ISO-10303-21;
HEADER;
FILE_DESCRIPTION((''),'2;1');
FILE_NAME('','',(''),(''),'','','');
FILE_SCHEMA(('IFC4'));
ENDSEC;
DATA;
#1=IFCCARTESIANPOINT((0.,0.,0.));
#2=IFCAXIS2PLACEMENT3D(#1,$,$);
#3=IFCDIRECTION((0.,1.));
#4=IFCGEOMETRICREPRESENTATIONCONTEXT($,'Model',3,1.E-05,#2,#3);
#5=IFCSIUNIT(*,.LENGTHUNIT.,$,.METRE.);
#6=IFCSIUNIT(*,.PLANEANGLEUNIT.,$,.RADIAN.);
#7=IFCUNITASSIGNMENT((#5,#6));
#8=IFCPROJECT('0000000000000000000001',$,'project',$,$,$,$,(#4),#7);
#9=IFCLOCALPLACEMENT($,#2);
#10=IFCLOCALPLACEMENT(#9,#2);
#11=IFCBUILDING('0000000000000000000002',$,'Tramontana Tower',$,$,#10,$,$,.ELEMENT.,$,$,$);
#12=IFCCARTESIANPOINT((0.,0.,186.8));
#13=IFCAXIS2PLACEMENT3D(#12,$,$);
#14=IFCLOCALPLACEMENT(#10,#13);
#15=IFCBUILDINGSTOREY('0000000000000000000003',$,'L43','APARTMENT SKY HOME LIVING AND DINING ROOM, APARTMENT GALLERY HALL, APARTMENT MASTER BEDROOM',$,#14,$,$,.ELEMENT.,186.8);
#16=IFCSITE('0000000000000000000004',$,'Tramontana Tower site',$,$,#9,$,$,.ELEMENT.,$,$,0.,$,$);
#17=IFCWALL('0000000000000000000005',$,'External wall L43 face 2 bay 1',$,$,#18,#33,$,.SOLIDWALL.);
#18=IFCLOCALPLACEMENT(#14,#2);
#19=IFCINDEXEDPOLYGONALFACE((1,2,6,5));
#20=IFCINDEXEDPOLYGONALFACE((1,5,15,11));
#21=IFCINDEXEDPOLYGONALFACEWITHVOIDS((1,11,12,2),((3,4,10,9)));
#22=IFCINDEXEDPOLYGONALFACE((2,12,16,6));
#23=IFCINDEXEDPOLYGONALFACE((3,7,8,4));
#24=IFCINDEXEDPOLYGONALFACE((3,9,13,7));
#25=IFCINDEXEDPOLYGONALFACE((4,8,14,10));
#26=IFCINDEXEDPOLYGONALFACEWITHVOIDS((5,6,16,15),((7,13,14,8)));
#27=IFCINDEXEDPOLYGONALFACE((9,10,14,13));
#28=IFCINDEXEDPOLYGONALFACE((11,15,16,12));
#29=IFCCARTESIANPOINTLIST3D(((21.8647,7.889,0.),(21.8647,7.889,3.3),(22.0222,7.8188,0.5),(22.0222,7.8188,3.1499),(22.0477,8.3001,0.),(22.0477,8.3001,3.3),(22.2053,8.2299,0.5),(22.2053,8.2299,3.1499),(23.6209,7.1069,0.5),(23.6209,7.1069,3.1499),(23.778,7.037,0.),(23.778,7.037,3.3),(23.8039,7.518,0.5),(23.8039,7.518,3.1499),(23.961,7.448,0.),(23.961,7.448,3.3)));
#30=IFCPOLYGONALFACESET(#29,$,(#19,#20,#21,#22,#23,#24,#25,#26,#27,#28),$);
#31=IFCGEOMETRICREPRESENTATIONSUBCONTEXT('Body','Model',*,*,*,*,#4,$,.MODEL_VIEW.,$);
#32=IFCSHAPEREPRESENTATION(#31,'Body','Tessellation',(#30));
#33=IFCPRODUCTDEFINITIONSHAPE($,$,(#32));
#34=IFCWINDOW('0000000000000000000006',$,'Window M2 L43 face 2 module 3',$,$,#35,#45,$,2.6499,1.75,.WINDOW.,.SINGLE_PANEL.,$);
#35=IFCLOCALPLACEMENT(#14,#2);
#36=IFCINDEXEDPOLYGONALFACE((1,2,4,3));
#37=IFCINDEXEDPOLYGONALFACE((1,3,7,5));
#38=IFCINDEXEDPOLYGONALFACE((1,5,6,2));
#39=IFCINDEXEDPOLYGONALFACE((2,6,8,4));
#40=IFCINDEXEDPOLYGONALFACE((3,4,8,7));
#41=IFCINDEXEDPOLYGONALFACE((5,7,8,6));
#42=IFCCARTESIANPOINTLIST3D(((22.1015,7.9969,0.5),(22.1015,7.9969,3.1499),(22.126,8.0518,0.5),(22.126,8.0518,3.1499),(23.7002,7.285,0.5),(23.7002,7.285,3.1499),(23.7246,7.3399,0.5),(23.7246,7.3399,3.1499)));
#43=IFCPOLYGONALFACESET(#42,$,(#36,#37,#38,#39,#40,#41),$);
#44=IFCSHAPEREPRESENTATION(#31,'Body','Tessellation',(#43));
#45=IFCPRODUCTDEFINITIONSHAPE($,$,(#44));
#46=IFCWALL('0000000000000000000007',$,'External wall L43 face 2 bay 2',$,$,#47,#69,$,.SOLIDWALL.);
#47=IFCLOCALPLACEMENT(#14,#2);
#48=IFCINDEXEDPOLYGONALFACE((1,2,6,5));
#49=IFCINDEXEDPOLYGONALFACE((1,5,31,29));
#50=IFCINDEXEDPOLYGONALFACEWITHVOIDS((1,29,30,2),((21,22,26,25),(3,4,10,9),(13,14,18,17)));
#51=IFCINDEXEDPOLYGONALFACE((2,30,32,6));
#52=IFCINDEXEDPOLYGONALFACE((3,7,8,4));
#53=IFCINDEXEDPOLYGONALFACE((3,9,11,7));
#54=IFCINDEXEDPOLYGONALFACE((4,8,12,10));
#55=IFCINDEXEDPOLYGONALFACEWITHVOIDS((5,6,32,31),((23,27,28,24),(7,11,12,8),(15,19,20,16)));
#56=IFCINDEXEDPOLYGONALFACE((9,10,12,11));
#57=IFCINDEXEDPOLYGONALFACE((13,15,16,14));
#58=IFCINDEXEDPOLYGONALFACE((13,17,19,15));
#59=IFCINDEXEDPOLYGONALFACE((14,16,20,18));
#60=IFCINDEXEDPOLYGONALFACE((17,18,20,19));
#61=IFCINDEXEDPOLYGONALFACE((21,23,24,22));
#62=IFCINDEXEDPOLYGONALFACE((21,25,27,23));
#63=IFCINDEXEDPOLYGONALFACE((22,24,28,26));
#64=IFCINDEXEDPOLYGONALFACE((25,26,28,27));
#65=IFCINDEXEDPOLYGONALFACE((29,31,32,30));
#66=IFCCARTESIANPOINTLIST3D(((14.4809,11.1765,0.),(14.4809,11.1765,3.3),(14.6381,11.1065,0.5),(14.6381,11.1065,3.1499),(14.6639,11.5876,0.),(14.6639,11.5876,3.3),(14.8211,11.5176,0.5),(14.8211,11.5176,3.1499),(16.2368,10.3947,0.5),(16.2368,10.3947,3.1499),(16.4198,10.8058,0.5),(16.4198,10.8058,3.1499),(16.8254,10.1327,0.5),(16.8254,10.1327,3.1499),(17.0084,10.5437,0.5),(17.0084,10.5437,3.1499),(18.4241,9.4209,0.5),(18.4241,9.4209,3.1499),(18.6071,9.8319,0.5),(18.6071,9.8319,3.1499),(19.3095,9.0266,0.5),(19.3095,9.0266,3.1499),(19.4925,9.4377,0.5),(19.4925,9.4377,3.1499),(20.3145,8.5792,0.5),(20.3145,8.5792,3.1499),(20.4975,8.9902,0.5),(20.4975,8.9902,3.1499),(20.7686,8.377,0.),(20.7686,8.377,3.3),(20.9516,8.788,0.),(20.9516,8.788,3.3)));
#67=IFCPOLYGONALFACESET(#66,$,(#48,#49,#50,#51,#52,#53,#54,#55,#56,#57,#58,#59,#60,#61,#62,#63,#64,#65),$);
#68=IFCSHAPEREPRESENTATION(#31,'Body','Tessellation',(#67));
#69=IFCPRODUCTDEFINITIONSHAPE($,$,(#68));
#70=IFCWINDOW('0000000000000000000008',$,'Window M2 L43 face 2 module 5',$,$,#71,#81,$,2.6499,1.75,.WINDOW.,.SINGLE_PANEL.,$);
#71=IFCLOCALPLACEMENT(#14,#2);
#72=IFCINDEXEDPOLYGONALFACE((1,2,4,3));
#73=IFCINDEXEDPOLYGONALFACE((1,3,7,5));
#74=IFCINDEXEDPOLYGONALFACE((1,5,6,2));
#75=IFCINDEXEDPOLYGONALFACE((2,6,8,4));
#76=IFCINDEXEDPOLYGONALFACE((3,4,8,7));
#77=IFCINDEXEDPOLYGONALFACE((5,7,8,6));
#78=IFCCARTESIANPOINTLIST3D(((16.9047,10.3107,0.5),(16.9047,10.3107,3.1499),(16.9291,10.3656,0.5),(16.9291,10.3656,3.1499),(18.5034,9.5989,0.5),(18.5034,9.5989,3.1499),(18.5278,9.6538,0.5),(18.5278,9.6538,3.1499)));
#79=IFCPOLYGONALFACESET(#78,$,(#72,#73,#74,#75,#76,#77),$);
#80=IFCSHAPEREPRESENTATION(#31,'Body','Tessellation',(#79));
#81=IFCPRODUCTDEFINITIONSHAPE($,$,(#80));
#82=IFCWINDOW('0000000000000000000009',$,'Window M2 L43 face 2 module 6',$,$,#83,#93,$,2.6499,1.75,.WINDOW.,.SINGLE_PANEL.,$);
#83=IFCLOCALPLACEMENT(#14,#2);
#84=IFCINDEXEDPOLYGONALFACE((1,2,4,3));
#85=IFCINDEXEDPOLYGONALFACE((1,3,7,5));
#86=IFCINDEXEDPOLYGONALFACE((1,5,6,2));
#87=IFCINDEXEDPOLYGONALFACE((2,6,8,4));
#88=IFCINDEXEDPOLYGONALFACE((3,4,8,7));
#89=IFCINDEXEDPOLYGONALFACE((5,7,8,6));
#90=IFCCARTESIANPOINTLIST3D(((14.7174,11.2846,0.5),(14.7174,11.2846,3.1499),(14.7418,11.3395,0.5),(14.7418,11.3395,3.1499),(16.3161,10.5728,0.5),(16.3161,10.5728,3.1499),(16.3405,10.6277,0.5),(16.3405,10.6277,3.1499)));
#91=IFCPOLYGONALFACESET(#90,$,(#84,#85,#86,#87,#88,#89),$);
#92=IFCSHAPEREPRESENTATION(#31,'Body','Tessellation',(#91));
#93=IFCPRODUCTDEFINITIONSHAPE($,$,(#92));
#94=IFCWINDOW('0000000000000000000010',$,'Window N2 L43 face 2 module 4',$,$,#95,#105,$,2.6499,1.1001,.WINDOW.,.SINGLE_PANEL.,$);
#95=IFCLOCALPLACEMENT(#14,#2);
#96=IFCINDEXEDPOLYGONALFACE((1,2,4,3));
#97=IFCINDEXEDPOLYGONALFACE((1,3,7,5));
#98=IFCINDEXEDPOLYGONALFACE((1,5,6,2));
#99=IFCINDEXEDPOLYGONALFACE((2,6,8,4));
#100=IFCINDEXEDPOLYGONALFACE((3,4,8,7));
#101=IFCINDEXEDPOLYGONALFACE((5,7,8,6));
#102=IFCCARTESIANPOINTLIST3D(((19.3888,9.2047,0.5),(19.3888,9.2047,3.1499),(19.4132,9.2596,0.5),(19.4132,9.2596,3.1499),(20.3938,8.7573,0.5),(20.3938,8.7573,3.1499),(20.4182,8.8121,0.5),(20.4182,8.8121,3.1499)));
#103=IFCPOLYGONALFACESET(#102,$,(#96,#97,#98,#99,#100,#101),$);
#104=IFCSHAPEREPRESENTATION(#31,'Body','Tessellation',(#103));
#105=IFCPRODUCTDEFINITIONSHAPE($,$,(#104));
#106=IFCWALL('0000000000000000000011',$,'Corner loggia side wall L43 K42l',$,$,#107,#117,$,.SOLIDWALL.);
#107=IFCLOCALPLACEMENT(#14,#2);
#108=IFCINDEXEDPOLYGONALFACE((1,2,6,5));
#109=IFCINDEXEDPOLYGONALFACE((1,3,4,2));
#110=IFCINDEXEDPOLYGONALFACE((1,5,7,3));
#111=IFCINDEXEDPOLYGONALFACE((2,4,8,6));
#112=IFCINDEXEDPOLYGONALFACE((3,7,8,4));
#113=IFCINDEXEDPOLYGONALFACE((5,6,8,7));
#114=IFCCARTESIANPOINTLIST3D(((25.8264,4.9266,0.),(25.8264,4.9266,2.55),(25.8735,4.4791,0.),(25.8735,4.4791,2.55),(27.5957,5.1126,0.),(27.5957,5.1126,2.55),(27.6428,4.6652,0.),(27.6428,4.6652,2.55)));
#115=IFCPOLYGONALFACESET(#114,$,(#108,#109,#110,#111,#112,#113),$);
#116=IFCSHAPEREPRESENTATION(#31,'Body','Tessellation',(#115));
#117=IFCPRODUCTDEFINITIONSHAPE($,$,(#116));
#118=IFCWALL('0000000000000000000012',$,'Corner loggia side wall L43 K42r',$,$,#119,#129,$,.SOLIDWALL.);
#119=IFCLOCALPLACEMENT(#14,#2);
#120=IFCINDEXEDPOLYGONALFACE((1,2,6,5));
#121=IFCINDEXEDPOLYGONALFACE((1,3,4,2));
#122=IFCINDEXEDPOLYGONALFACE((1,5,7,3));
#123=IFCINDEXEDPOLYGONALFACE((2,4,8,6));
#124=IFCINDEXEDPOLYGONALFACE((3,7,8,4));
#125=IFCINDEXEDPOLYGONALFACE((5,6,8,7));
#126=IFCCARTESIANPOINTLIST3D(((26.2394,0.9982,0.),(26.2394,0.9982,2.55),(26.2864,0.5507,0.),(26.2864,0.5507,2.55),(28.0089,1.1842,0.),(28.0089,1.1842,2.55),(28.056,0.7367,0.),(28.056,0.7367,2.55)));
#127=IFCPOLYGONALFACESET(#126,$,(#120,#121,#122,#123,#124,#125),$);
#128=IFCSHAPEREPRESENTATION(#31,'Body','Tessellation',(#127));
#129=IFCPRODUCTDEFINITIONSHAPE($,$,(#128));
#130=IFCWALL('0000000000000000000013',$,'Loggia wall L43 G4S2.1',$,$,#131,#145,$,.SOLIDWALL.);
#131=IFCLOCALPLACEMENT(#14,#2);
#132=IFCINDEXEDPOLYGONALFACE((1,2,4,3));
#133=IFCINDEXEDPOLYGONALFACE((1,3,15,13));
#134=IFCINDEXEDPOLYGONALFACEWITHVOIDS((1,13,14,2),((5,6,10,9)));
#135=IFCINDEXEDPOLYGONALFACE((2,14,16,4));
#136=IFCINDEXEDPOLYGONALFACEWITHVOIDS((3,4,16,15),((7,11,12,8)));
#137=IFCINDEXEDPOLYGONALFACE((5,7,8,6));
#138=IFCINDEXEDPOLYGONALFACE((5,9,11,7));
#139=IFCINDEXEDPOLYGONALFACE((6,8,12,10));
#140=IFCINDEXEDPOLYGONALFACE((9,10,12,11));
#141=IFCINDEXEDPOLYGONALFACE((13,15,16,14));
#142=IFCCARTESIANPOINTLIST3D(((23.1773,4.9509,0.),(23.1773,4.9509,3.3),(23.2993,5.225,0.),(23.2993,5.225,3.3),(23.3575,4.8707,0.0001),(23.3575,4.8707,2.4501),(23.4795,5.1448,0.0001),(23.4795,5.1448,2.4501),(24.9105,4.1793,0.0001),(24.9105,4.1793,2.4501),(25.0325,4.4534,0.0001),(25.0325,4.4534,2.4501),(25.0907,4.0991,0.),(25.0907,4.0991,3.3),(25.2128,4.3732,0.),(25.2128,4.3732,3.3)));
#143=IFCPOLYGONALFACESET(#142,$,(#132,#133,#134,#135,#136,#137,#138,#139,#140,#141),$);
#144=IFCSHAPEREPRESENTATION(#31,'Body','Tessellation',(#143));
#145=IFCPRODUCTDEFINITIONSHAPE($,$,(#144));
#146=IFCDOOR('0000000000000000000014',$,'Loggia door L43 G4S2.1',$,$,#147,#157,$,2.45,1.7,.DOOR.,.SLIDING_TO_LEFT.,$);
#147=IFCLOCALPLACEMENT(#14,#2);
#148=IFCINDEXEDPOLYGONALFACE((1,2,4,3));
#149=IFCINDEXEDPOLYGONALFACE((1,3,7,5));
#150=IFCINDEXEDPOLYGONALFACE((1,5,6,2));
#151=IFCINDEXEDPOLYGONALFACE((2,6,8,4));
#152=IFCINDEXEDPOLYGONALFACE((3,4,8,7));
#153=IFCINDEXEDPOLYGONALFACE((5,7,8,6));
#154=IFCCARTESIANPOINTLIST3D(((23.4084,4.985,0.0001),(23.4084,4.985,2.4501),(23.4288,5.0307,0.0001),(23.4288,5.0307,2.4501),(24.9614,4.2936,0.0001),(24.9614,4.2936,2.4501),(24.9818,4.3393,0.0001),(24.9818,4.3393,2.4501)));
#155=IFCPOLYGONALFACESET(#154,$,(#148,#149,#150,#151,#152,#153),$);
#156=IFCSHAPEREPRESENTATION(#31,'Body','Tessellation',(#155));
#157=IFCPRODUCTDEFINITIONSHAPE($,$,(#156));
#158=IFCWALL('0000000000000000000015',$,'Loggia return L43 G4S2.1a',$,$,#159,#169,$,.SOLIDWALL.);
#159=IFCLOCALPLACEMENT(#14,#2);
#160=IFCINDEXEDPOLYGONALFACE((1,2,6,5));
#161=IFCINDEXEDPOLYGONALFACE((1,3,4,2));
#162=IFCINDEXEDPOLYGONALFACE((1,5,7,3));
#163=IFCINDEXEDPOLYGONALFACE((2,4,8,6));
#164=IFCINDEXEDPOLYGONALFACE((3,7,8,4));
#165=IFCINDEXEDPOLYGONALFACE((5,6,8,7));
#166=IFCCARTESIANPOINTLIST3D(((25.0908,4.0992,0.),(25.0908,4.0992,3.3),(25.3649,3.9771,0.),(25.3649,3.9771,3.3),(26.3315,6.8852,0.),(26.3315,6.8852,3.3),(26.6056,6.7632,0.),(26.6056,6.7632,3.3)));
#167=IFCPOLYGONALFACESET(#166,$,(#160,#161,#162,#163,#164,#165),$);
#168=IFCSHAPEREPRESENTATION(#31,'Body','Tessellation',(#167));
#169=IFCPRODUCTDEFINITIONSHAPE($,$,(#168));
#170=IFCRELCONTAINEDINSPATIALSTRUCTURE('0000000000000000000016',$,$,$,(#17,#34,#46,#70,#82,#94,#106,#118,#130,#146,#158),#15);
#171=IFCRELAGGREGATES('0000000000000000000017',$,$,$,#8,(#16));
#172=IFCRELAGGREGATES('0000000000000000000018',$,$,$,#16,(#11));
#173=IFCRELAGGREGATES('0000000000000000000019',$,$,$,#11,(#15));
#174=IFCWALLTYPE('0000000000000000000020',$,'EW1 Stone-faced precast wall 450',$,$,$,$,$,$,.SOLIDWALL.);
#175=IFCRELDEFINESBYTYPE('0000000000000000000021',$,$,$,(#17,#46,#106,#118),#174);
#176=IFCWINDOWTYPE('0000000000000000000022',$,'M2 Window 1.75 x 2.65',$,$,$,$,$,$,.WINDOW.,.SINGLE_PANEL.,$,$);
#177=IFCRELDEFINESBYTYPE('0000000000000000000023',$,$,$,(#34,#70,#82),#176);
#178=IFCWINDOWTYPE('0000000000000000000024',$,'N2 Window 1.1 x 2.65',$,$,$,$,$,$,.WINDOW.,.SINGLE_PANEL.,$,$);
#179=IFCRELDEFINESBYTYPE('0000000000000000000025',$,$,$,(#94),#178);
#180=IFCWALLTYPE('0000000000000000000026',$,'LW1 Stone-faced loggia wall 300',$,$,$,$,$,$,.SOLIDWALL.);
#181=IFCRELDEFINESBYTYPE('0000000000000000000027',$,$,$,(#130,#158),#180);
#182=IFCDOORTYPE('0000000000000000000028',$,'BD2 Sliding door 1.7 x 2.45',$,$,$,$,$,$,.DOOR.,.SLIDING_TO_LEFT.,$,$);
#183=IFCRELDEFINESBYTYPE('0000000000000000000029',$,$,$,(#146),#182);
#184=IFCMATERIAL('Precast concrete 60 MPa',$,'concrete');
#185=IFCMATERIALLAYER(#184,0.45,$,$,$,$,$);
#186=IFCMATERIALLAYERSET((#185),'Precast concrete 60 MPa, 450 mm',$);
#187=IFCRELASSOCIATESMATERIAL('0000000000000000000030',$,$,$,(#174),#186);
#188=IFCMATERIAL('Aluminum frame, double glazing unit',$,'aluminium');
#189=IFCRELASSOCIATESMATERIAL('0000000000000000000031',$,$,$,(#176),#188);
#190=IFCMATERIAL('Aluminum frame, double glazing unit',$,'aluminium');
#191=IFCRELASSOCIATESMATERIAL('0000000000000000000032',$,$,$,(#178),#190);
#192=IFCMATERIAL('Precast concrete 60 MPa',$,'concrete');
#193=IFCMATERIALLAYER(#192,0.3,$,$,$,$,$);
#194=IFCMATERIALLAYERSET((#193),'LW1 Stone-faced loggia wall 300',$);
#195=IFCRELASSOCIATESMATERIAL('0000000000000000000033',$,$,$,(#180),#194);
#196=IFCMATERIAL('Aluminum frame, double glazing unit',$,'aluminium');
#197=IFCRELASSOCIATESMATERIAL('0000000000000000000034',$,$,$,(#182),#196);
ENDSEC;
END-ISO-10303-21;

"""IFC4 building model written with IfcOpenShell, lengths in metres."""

from ifc_helpers import new_model, si_unit, direction, frame, frame_2d, origin, place, context, subcontext, project, spatial, rectangle, extrude, material, layer, layer_set, type_object, element, fill, save


model = new_model("IFC4")

# Units and contexts
model_context = context("Model", 3, precision=1e-05, world=origin(), true_north=direction((0.0, 1.0)))
body_context = subcontext(model_context, "Body", "Model", "MODEL_VIEW")
ifc_project = project(units=[si_unit("LENGTHUNIT", "METRE"), si_unit("PLANEANGLEUNIT", "RADIAN")], contexts=[model_context])

# Site, building, storey
site_placement = place(None, origin())
site = spatial("IfcSite", under=ifc_project, at=site_placement, Name="Tramontana Tower site", CompositionType="ELEMENT", RefElevation=0.0)
building_placement = place(site_placement, origin())
building = spatial("IfcBuilding", under=site, at=building_placement, Name="Tramontana Tower", CompositionType="ELEMENT")
storey_placement = place(building_placement, frame((0.0, 0.0, 186.8)))
storey = spatial("IfcBuildingStorey", under=building, at=storey_placement, Name="L43", Description="APARTMENT SKY HOME LIVING AND DINING ROOM, APARTMENT GALLERY HALL, APARTMENT MASTER BEDROOM", CompositionType="ELEMENT", Elevation=186.8)

# Wall, opening, window
ifc_material_1 = material(Name="Precast concrete 60 MPa", Category="concrete")
ifc_layer_1 = layer(ifc_material_1, 0.45)
ifc_layer_set_1 = layer_set([ifc_layer_1], Name="Precast concrete 60 MPa, 450 mm")
wall_type_1 = type_object("IfcWallType", Name="EW1 Stone-faced precast wall 450", PredefinedType="SOLIDWALL", material=ifc_layer_set_1)
wall_1_placement = place(storey_placement, frame((23.8696, 7.2424, 0.0), z_axis=(0.0, 0.0, 1.0), x_axis=(-0.913513, 0.406809, 0.0)))
wall_1 = element("IfcWall", 1, at=wall_1_placement, inside=storey, type_object=wall_type_1, Name="External wall L43 face 2 bay 1", PredefinedType="SOLIDWALL", context=body_context, shape_type="SweptSolid", body=[
    extrude(rectangle(XDim=2.0945, YDim=0.45, at=frame_2d((1.0474, 0.0))), origin(), (0.0, 0.0, 1.0), 3.3),
])
opening_1_placement = place(wall_1_placement, frame((0.1721, 0.0, 0.5)))
opening_1 = element("IfcOpeningElement", 2, at=opening_1_placement, cuts=wall_1, PredefinedType="OPENING", context=body_context, shape_type="SweptSolid", body=[
    extrude(rectangle(XDim=1.75, YDim=2.6499, at=frame_2d((0.875, 1.325))), frame((0.0, 0.2349, 0.0), z_axis=(0.0, -1.0, 0.0), x_axis=(1.0, 0.0, 0.0)), (0.0, 0.0, 1.0), 0.47),
])
ifc_material_2 = material(Name="Aluminum frame, double glazing unit", Category="aluminium")
window_type_1 = type_object("IfcWindowType", Name="M2 Window 1.75 x 2.65", PartitioningType="SINGLE_PANEL", PredefinedType="WINDOW", material=ifc_material_2)
window_1_placement = place(opening_1_placement, origin())
window_1 = element("IfcWindow", 3, at=window_1_placement, inside=storey, type_object=window_type_1, Name="Window M2 L43 face 2 module 3", OverallHeight=2.6499, OverallWidth=1.75, PartitioningType="SINGLE_PANEL", PredefinedType="WINDOW", context=body_context, shape_type="SweptSolid", body=[
    extrude(rectangle(XDim=1.75, YDim=2.6499, at=frame_2d((0.875, 1.325))), frame((0.0, 0.03, 0.0), z_axis=(0.0, -1.0, 0.0), x_axis=(1.0, 0.0, 0.0)), (0.0, 0.0, 1.0), 0.0601),
])
fill(opening_1, window_1)

# Wall, openings, windows
wall_2_placement = place(storey_placement, frame((20.8601, 8.5825, 0.0), z_axis=(0.0, 0.0, 1.0), x_axis=(-0.913544, 0.406741, 0.0)))
wall_2 = element("IfcWall", 4, at=wall_2_placement, inside=storey, type_object=wall_type_1, Name="External wall L43 face 2 bay 2", PredefinedType="SOLIDWALL", context=body_context, shape_type="SweptSolid", body=[
    extrude(rectangle(XDim=6.8828, YDim=0.45, at=frame_2d((3.4414, 0.0))), origin(), (0.0, 0.0, 1.0), 3.3),
])
opening_2_placement = place(wall_2_placement, frame((0.4971, 0.0, 0.5)))
opening_2 = element("IfcOpeningElement", 5, at=opening_2_placement, cuts=wall_2, PredefinedType="OPENING", context=body_context, shape_type="SweptSolid", body=[
    extrude(rectangle(XDim=1.1001, YDim=2.6499, at=frame_2d((0.55, 1.325))), frame((0.0, 0.2349, 0.0), z_axis=(0.0, -1.0, 0.0), x_axis=(1.0, 0.0, 0.0)), (0.0, 0.0, 1.0), 0.47),
])
opening_3_placement = place(wall_2_placement, frame((2.5664, 0.0, 0.5)))
opening_3 = element("IfcOpeningElement", 6, at=opening_3_placement, cuts=wall_2, PredefinedType="OPENING", context=body_context, shape_type="SweptSolid", body=[
    extrude(rectangle(XDim=1.75, YDim=2.6499, at=frame_2d((0.875, 1.325))), frame((0.0, 0.2349, 0.0), z_axis=(0.0, -1.0, 0.0), x_axis=(1.0, 0.0, 0.0)), (0.0, 0.0, 1.0), 0.47),
])
opening_4_placement = place(wall_2_placement, frame((4.9607, 0.0, 0.5)))
opening_4 = element("IfcOpeningElement", 7, at=opening_4_placement, cuts=wall_2, PredefinedType="OPENING", context=body_context, shape_type="SweptSolid", body=[
    extrude(rectangle(XDim=1.75, YDim=2.6499, at=frame_2d((0.875, 1.325))), frame((0.0, 0.2349, 0.0), z_axis=(0.0, -1.0, 0.0), x_axis=(1.0, 0.0, 0.0)), (0.0, 0.0, 1.0), 0.47),
])
window_2_placement = place(opening_3_placement, origin())
window_2 = element("IfcWindow", 8, at=window_2_placement, inside=storey, type_object=window_type_1, Name="Window M2 L43 face 2 module 5", OverallHeight=2.6499, OverallWidth=1.75, PartitioningType="SINGLE_PANEL", PredefinedType="WINDOW", context=body_context, shape_type="SweptSolid", body=[
    extrude(rectangle(XDim=1.75, YDim=2.6499, at=frame_2d((0.875, 1.325))), frame((0.0, 0.03, 0.0), z_axis=(0.0, -1.0, 0.0), x_axis=(1.0, 0.0, 0.0)), (0.0, 0.0, 1.0), 0.0601),
])
fill(opening_3, window_2)
window_3_placement = place(opening_4_placement, origin())
window_3 = element("IfcWindow", 9, at=window_3_placement, inside=storey, type_object=window_type_1, Name="Window M2 L43 face 2 module 6", OverallHeight=2.6499, OverallWidth=1.75, PartitioningType="SINGLE_PANEL", PredefinedType="WINDOW", context=body_context, shape_type="SweptSolid", body=[
    extrude(rectangle(XDim=1.75, YDim=2.6499, at=frame_2d((0.875, 1.325))), frame((0.0, 0.03, 0.0), z_axis=(0.0, -1.0, 0.0), x_axis=(1.0, 0.0, 0.0)), (0.0, 0.0, 1.0), 0.0601),
])
fill(opening_4, window_3)
ifc_material_3 = material(Name="Aluminum frame, double glazing unit", Category="aluminium")
window_type_2 = type_object("IfcWindowType", Name="N2 Window 1.1 x 2.65", PartitioningType="SINGLE_PANEL", PredefinedType="WINDOW", material=ifc_material_3)
window_4_placement = place(opening_2_placement, origin())
window_4 = element("IfcWindow", 10, at=window_4_placement, inside=storey, type_object=window_type_2, Name="Window N2 L43 face 2 module 4", OverallHeight=2.6499, OverallWidth=1.1001, PartitioningType="SINGLE_PANEL", PredefinedType="WINDOW", context=body_context, shape_type="SweptSolid", body=[
    extrude(rectangle(XDim=1.1001, YDim=2.6499, at=frame_2d((0.55, 1.325))), frame((0.0, 0.03, 0.0), z_axis=(0.0, -1.0, 0.0), x_axis=(1.0, 0.0, 0.0)), (0.0, 0.0, 1.0), 0.0601),
])
fill(opening_2, window_4)

# Walls
wall_3_placement = place(storey_placement, frame((27.6194, 4.8889, 0.0), z_axis=(0.0, 0.0, 1.0), x_axis=(-0.994517, -0.10457, 0.0)))
element("IfcWall", 11, at=wall_3_placement, inside=storey, type_object=wall_type_1, Name="Corner loggia side wall L43 K42l", PredefinedType="SOLIDWALL", context=body_context, shape_type="SweptSolid", body=[
    extrude(rectangle(XDim=1.7791, YDim=0.45, at=frame_2d((0.8896, 0.0))), origin(), (0.0, 0.0, 1.0), 2.55),
])
wall_4_placement = place(storey_placement, frame((28.0325, 0.9604, 0.0), z_axis=(0.0, 0.0, 1.0), x_axis=(-0.994519, -0.104556, 0.0)))
element("IfcWall", 12, at=wall_4_placement, inside=storey, type_object=wall_type_1, Name="Corner loggia side wall L43 K42r", PredefinedType="SOLIDWALL", context=body_context, shape_type="SweptSolid", body=[
    extrude(rectangle(XDim=1.7793, YDim=0.45, at=frame_2d((0.8896, 0.0))), origin(), (0.0, 0.0, 1.0), 2.55),
])

# Wall, opening, door
ifc_material_4 = material(Name="Precast concrete 60 MPa", Category="concrete")
ifc_layer_2 = layer(ifc_material_4, 0.3)
ifc_layer_set_2 = layer_set([ifc_layer_2], Name="LW1 Stone-faced loggia wall 300")
wall_type_2 = type_object("IfcWallType", Name="LW1 Stone-faced loggia wall 300", PredefinedType="SOLIDWALL", material=ifc_layer_set_2)
wall_5_placement = place(storey_placement, frame((25.1519, 4.2361, 0.0), z_axis=(0.0, 0.0, 1.0), x_axis=(-0.913557, 0.406712, 0.0)))
wall_5 = element("IfcWall", 13, at=wall_5_placement, inside=storey, type_object=wall_type_2, Name="Loggia wall L43 G4S2.1", PredefinedType="SOLIDWALL", context=body_context, shape_type="SweptSolid", body=[
    extrude(rectangle(XDim=2.0945, YDim=0.3, at=frame_2d((1.0474, 0.0))), origin(), (0.0, 0.0, 1.0), 3.3),
])
opening_5_placement = place(wall_5_placement, frame((0.1973, 0.0, 0.0)))
opening_5 = element("IfcOpeningElement", 14, at=opening_5_placement, cuts=wall_5, PredefinedType="OPENING", context=body_context, shape_type="SweptSolid", body=[
    extrude(rectangle(XDim=1.7, YDim=2.45, at=frame_2d((0.8501, 1.2251))), frame((0.0, 0.1599, 0.0), z_axis=(0.0, -1.0, 0.0), x_axis=(1.0, 0.0, 0.0)), (0.0, 0.0, 1.0), 0.3201),
])
ifc_material_5 = material(Name="Aluminum frame, double glazing unit", Category="aluminium")
door_type_1 = type_object("IfcDoorType", Name="BD2 Sliding door 1.7 x 2.45", OperationType="SLIDING_TO_LEFT", PredefinedType="DOOR", material=ifc_material_5)
door_1_placement = place(opening_5_placement, origin())
door_1 = element("IfcDoor", 15, at=door_1_placement, inside=storey, type_object=door_type_1, Name="Loggia door L43 G4S2.1", OperationType="SLIDING_TO_LEFT", OverallHeight=2.45, OverallWidth=1.7, PredefinedType="DOOR", context=body_context, shape_type="SweptSolid", body=[
    extrude(rectangle(XDim=1.7, YDim=2.45, at=frame_2d((0.8501, 1.2251))), frame((0.0, 0.0249, 0.0), z_axis=(0.0, -1.0, 0.0), x_axis=(1.0, 0.0, 0.0)), (0.0, 0.0, 1.0), 0.05),
])
fill(opening_5, door_1)

# Wall
for number, where, z_axis, x_axis, name in (
    (16, (26.4685, 6.8242, 0.0), (0.0, 0.0, 1.0), (-0.406807, -0.913514, 0.0), "Loggia return L43 G4S2.1a"),
):
    element("IfcWall", number, at=place(storey_placement, frame(where, z_axis=z_axis, x_axis=x_axis)), inside=storey, type_object=wall_type_2, Name=name, PredefinedType="SOLIDWALL", context=body_context, shape_type="SweptSolid", body=[
        extrude(rectangle(XDim=3.0498, YDim=0.3, at=frame_2d((1.5249, 0.0))), origin(), (0.0, 0.0, 1.0), 3.3),
    ])

save(model, "model.ifc")
